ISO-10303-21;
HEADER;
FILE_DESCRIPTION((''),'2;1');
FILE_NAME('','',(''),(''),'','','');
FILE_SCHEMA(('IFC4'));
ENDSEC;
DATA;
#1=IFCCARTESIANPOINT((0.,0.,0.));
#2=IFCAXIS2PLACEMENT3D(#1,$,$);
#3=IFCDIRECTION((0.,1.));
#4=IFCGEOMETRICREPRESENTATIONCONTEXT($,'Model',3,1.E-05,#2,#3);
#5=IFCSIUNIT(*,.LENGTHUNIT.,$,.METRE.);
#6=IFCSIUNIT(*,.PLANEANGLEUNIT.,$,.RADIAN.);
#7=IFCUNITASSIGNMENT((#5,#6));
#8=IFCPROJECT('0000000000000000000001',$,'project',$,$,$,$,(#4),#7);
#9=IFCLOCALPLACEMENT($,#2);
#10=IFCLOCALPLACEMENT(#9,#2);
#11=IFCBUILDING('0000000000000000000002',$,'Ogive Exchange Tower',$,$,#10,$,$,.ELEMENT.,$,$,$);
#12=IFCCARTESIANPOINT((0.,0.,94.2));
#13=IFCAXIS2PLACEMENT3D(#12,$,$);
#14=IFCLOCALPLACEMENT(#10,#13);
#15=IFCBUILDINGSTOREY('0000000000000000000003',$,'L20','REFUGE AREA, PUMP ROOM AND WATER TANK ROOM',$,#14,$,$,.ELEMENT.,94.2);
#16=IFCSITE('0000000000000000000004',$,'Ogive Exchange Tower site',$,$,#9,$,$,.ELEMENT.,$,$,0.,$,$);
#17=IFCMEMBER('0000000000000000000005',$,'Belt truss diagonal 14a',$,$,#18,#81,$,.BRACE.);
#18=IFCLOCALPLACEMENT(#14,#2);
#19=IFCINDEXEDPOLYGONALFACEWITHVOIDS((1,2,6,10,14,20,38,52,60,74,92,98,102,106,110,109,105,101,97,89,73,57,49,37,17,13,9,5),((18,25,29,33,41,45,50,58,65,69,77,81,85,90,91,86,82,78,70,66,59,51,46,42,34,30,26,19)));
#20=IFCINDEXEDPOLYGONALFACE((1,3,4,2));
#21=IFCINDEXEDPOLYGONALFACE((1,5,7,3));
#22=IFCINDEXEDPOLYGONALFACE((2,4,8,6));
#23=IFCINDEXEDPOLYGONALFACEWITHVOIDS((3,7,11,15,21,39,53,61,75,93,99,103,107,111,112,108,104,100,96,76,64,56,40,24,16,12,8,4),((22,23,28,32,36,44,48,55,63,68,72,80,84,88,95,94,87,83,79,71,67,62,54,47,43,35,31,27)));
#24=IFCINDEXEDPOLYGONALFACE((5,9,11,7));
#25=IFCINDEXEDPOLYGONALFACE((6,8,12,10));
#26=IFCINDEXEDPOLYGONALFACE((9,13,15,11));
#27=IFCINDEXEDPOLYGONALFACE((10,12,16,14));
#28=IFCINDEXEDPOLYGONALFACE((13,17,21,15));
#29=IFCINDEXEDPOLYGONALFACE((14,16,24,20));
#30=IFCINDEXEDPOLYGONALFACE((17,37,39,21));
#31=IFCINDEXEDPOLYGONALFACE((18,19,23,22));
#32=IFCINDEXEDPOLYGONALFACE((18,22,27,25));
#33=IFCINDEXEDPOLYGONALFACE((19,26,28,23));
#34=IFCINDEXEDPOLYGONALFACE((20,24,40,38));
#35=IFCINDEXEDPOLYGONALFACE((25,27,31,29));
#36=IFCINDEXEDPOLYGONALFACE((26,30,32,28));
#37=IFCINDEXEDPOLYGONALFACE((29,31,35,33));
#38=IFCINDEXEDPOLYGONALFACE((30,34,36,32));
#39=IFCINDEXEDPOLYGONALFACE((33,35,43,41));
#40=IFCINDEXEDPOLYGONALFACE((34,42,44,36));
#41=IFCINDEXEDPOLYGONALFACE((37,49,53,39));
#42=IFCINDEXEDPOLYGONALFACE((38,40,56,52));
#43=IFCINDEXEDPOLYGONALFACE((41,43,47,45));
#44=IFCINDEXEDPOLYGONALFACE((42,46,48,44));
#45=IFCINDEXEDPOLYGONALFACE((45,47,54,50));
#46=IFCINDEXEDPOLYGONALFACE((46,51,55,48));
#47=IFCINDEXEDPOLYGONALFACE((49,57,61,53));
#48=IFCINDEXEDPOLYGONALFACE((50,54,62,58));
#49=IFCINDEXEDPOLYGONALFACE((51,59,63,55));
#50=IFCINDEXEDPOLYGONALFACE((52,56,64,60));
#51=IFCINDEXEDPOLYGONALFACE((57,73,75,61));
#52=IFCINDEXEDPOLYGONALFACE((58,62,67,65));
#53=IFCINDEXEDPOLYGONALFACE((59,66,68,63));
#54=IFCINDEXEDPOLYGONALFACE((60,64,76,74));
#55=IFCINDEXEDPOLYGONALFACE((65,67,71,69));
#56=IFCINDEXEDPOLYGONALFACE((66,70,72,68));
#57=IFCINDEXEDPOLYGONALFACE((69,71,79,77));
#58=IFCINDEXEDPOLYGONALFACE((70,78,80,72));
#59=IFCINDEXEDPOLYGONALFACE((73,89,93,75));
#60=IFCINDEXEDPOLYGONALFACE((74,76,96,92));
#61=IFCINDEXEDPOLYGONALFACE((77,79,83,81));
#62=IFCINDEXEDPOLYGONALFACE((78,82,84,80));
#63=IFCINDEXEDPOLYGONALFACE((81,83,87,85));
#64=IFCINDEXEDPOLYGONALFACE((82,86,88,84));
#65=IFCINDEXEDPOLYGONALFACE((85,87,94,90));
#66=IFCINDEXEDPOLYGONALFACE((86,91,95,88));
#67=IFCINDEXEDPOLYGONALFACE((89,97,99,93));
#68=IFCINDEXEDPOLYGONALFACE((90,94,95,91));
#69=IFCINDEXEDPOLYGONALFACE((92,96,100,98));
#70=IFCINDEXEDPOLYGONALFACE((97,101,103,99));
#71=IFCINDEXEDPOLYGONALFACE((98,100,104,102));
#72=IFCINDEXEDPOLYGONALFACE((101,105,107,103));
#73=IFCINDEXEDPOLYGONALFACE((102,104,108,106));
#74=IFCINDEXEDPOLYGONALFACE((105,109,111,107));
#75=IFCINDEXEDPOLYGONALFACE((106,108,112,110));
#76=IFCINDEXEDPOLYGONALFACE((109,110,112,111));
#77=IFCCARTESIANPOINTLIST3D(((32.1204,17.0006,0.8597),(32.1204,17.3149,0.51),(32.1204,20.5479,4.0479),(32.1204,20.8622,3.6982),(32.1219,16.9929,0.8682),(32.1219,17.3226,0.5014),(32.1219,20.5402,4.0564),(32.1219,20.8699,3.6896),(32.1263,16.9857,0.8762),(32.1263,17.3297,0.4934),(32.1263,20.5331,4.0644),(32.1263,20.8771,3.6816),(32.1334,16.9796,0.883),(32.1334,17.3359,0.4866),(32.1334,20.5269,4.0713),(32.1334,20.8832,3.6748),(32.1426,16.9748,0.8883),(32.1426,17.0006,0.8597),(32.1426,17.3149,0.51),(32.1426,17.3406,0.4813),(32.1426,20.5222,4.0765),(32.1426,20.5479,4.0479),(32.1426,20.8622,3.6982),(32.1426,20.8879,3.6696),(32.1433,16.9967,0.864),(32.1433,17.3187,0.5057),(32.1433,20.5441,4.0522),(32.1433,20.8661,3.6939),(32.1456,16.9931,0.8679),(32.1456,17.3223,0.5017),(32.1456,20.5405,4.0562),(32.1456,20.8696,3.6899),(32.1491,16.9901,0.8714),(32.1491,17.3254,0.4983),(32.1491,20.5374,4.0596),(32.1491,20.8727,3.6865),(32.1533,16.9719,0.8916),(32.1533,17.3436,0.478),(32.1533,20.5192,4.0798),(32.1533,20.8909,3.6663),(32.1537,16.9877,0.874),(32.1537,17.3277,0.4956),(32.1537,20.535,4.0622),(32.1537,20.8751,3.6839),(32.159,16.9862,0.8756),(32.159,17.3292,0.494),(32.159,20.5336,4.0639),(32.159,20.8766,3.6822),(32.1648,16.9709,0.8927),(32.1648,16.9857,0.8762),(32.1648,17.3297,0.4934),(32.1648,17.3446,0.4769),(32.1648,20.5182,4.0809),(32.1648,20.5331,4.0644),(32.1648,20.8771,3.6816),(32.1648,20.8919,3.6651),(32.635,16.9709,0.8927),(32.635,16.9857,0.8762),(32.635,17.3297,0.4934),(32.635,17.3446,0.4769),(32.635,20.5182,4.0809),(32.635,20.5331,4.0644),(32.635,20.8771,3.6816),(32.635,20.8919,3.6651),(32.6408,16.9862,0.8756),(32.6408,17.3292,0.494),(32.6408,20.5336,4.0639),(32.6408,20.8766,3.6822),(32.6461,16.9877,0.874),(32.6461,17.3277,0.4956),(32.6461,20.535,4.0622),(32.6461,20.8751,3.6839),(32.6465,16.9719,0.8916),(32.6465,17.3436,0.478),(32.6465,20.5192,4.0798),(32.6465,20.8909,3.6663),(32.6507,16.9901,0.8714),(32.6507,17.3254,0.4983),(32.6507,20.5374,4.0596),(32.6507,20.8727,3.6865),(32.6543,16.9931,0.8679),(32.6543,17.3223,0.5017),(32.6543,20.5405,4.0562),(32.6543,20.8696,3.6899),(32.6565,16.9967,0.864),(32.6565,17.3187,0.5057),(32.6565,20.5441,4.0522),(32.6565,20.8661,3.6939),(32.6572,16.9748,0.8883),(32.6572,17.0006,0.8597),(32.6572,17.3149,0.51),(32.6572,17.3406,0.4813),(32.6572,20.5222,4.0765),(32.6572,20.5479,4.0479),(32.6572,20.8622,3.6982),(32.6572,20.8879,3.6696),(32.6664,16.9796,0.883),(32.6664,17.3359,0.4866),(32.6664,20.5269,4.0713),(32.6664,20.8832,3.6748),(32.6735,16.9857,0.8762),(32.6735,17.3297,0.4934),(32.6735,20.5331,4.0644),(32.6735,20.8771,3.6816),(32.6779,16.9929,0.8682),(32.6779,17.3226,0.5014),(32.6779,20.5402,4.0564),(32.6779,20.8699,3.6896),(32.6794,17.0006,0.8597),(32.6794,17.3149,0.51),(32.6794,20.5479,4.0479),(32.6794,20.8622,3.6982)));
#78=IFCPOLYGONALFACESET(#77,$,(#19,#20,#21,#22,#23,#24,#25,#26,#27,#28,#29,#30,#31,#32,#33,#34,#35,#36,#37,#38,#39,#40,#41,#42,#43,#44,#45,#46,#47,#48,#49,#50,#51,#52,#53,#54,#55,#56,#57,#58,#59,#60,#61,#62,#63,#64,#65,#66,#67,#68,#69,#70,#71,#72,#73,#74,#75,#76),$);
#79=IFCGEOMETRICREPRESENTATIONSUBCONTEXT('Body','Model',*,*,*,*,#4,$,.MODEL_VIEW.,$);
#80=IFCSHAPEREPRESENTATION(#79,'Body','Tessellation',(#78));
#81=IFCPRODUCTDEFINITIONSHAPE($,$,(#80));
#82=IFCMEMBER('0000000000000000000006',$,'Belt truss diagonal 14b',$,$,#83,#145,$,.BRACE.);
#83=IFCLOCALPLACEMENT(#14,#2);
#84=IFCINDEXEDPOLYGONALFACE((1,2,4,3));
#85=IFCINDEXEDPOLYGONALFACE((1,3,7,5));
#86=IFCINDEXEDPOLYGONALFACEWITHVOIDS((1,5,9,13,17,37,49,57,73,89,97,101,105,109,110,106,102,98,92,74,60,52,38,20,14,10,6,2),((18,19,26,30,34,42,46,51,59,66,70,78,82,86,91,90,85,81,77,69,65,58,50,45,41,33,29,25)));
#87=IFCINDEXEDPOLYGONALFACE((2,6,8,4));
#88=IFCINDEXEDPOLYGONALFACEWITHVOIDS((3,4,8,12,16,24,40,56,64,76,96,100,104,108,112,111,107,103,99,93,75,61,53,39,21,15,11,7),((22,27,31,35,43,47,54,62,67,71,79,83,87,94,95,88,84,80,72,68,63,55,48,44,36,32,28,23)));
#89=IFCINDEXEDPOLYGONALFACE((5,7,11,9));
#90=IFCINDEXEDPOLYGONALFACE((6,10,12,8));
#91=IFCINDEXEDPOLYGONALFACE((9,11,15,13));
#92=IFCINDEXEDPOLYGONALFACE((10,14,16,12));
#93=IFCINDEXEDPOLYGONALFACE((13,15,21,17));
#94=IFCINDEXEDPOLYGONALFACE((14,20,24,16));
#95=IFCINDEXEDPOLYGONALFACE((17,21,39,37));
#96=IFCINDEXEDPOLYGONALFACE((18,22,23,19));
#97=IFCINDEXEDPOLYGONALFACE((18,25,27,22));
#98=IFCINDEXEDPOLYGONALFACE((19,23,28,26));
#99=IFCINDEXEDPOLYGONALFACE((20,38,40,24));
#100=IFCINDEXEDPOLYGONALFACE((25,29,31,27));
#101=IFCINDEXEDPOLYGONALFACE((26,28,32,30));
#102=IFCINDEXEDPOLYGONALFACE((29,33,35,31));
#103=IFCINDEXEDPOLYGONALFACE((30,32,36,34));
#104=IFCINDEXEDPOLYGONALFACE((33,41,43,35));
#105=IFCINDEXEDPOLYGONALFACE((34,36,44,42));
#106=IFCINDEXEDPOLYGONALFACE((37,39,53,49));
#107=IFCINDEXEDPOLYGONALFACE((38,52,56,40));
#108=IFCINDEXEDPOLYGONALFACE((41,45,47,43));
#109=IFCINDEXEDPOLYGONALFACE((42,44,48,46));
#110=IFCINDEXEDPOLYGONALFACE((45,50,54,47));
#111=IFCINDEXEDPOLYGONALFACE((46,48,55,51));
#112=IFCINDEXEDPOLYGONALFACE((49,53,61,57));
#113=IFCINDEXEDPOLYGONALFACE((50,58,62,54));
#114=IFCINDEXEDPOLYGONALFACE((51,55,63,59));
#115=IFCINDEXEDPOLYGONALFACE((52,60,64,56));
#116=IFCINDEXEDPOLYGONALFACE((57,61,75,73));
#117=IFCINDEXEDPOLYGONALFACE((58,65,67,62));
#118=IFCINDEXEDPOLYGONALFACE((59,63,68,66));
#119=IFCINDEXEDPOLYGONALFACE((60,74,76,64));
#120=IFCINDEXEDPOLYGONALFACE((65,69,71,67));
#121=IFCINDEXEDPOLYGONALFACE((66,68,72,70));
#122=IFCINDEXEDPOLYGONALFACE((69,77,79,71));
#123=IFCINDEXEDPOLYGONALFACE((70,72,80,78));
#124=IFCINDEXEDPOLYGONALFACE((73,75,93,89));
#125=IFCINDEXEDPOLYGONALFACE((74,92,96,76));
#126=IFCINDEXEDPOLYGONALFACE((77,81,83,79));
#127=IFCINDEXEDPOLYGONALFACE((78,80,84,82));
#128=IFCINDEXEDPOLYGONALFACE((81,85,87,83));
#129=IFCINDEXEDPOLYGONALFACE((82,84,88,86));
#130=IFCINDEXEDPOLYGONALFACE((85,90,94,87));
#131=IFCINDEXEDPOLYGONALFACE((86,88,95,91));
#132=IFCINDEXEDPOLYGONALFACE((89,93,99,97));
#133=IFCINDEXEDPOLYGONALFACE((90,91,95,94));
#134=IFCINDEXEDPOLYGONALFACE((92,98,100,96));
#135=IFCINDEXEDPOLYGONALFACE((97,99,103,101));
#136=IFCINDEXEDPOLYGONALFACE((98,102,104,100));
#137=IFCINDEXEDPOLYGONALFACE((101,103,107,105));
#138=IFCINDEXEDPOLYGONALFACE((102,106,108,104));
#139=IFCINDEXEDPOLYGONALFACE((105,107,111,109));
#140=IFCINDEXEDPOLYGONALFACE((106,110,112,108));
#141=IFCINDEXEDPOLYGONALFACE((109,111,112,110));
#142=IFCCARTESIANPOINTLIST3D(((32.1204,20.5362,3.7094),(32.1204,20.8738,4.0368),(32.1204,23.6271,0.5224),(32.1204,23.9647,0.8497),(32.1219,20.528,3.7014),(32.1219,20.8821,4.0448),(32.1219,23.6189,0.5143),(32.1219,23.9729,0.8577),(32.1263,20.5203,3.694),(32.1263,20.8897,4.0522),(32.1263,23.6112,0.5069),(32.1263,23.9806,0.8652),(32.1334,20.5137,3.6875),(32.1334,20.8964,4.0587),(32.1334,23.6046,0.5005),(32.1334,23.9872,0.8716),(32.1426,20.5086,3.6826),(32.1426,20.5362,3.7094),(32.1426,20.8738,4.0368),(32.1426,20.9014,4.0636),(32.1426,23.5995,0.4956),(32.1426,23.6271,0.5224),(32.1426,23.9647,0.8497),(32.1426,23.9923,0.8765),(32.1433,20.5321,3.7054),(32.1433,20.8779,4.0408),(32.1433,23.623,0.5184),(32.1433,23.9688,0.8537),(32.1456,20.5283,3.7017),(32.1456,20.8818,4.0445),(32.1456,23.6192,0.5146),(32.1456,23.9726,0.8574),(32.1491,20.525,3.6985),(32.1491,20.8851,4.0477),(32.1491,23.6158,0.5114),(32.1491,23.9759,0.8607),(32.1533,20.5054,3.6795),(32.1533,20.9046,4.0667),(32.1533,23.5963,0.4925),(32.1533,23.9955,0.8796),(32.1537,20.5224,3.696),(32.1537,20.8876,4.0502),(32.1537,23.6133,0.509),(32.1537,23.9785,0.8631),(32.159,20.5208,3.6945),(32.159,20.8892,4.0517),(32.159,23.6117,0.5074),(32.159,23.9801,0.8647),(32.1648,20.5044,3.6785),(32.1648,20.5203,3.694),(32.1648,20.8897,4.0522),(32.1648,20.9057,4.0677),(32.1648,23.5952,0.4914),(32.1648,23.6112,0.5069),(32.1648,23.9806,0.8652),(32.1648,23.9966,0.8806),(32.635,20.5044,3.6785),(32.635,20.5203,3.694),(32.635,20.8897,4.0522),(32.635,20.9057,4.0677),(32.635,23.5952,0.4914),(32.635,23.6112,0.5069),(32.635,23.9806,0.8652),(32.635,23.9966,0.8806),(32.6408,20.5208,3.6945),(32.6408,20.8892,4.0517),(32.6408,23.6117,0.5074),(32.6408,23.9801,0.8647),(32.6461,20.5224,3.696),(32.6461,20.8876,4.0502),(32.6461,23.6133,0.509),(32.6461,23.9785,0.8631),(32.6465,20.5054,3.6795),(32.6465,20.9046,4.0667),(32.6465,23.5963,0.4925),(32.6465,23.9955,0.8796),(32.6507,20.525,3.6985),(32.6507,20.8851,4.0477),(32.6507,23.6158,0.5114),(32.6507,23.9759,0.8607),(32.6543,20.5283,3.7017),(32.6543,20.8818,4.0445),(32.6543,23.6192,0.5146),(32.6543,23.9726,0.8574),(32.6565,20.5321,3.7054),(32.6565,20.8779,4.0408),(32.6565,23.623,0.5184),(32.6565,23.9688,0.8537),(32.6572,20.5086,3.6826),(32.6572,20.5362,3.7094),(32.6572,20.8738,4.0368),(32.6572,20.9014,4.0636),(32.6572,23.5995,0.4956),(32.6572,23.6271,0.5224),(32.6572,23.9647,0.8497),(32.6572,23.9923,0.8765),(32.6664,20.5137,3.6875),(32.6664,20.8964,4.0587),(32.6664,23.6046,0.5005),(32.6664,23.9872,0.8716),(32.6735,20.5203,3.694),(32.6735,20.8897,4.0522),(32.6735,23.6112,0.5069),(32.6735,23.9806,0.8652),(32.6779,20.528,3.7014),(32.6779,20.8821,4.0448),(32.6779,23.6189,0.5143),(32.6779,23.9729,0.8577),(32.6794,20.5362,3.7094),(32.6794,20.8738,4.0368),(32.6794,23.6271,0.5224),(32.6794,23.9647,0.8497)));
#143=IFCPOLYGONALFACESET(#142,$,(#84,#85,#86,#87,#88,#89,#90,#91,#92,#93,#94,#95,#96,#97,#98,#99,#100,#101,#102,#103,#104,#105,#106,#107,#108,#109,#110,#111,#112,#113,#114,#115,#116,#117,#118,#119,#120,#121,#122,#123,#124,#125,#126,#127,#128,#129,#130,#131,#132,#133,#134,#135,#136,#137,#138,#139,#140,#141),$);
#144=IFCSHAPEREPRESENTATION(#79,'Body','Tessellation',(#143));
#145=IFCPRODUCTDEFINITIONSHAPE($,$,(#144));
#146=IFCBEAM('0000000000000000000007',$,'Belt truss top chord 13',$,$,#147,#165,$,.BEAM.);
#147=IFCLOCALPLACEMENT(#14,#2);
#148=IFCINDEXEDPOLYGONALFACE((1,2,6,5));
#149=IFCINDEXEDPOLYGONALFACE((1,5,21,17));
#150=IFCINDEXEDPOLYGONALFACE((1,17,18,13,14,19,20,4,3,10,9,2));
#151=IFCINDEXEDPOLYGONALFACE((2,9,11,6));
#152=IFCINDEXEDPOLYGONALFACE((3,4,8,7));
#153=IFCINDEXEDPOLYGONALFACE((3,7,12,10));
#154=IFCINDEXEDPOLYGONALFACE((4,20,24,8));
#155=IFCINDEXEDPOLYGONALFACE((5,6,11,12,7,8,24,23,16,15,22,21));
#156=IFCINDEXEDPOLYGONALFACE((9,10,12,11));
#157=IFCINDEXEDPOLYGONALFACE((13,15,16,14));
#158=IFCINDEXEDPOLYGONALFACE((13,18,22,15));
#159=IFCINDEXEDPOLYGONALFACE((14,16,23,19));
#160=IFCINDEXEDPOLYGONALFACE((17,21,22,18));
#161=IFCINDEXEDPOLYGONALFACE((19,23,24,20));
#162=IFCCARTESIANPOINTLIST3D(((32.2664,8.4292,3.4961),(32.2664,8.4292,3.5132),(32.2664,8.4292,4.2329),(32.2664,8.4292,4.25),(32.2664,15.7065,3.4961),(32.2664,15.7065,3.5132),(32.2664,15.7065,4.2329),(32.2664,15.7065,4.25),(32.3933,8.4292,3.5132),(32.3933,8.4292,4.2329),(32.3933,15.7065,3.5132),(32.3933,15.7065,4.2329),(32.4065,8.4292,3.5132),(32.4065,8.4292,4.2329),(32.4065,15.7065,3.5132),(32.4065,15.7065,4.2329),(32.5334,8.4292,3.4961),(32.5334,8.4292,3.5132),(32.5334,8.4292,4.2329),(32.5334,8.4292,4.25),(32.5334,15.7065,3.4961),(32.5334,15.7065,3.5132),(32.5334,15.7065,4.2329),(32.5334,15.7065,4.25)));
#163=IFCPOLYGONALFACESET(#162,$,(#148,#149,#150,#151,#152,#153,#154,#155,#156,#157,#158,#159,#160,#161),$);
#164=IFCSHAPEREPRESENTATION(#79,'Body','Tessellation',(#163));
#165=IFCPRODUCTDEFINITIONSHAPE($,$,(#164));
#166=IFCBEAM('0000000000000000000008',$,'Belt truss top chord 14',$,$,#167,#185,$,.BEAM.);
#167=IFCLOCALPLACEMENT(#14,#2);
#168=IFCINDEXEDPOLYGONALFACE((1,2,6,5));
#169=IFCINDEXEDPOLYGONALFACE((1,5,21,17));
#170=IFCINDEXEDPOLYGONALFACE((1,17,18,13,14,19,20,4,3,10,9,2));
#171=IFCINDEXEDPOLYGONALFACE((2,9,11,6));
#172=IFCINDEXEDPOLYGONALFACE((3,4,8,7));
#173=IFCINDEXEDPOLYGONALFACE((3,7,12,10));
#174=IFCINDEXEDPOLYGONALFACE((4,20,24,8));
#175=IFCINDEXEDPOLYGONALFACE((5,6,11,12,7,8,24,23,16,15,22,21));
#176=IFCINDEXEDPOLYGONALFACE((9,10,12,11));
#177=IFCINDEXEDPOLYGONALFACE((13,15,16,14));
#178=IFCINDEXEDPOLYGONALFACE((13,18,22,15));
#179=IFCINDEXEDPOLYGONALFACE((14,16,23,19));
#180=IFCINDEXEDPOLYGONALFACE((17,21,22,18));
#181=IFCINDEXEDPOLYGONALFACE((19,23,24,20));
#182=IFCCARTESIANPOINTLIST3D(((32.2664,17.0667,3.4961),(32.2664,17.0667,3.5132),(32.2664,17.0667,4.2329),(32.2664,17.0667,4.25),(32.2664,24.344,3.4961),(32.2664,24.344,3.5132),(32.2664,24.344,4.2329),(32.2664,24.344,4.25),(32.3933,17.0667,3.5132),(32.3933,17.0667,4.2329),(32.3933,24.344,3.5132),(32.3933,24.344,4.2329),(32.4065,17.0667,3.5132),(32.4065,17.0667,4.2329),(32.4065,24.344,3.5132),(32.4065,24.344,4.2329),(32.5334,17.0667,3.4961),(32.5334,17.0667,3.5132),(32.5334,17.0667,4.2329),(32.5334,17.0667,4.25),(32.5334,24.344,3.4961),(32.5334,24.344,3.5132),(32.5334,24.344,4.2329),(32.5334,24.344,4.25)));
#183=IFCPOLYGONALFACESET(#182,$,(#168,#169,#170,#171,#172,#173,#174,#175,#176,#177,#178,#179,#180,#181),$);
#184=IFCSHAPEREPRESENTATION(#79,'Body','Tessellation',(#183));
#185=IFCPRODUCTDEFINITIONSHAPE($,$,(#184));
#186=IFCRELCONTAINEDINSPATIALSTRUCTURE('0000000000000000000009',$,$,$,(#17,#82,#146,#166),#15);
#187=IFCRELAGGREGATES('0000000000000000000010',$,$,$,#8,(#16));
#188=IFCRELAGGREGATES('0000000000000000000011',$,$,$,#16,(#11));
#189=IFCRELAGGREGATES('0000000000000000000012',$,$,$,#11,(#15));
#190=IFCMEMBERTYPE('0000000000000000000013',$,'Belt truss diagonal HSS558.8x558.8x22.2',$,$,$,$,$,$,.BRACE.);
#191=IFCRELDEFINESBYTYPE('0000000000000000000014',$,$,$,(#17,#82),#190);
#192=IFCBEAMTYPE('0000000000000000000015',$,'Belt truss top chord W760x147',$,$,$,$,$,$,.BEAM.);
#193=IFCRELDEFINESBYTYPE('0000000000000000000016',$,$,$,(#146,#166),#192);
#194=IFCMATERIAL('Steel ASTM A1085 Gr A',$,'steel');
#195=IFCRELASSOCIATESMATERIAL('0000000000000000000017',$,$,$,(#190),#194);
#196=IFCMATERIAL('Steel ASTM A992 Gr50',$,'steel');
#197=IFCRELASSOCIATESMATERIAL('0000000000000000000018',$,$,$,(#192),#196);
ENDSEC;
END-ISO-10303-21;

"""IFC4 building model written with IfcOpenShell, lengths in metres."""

from ifc_helpers import new_model, si_unit, direction, frame, origin, origin_2d, place, context, subcontext, project, spatial, hollow_rectangle, i_section, extrude, material, material_profile, profile_set, type_object, element, save


model = new_model("IFC4")

# Units and contexts
model_context = context("Model", 3, precision=1e-05, world=origin(), true_north=direction((0.0, 1.0)))
body_context = subcontext(model_context, "Body", "Model", "MODEL_VIEW")
ifc_project = project(units=[si_unit("LENGTHUNIT", "METRE"), si_unit("PLANEANGLEUNIT", "RADIAN")], contexts=[model_context])

# Site, building, storey
site_placement = place(None, origin())
site = spatial("IfcSite", under=ifc_project, at=site_placement, Name="Ogive Exchange Tower site", CompositionType="ELEMENT", RefElevation=0.0)
building_placement = place(site_placement, origin())
building = spatial("IfcBuilding", under=site, at=building_placement, Name="Ogive Exchange Tower", CompositionType="ELEMENT")
storey_placement = place(building_placement, frame((0.0, 0.0, 94.2)))
storey = spatial("IfcBuildingStorey", under=building, at=storey_placement, Name="L20", Description="REFUGE AREA, PUMP ROOM AND WATER TANK ROOM", CompositionType="ELEMENT", Elevation=94.2)

# Shared definitions
ifc_material_1 = material(Name="Steel ASTM A992 Gr50", Category="steel")

# Members
ifc_material_2 = material(Name="Steel ASTM A1085 Gr A", Category="steel")
ifc_material_profile_1 = material_profile(ifc_material_2, hollow_rectangle(XDim=0.5591, YDim=0.5591, WallThickness=0.0222, InnerFilletRadius=0.0222, OuterFilletRadius=0.0444, at=origin_2d()), Name="HSS558.8x558.8x22.2")
ifc_profile_set_1 = profile_set([ifc_material_profile_1], Name="Steel ASTM A1085 Gr A")
member_type_1 = type_object("IfcMemberType", Name="Belt truss diagonal HSS558.8x558.8x22.2", PredefinedType="BRACE", material=ifc_profile_set_1)
member_1_placement = place(storey_placement, frame((32.3999, 17.1577, 0.6848), z_axis=(0.0, 0.743752, 0.668456), x_axis=(-1.0, 0.0, 0.0)))
element("IfcMember", 1, at=member_1_placement, inside=storey, type_object=member_type_1, Name="Belt truss diagonal 14a", PredefinedType="BRACE", context=body_context, shape_type="SweptSolid", body=[
    extrude(hollow_rectangle(XDim=0.5591, YDim=0.5591, WallThickness=0.0222, InnerFilletRadius=0.0222, OuterFilletRadius=0.0444, at=origin_2d()), origin(), (0.0, 0.0, 1.0), 4.7695),
])
member_2_placement = place(storey_placement, frame((32.3999, 23.7959, 0.686), z_axis=(0.0, -0.69619, 0.717857), x_axis=(1.0, 0.0, 0.0)))
element("IfcMember", 2, at=member_2_placement, inside=storey, type_object=member_type_1, Name="Belt truss diagonal 14b", PredefinedType="BRACE", context=body_context, shape_type="SweptSolid", body=[
    extrude(hollow_rectangle(XDim=0.5591, YDim=0.5591, WallThickness=0.0222, InnerFilletRadius=0.0222, OuterFilletRadius=0.0444, at=origin_2d()), origin(), (0.0, 0.0, 1.0), 4.4397),
])

# Beams
ifc_material_profile_2 = material_profile(ifc_material_1, i_section(OverallWidth=0.2671, OverallDepth=0.7539, WebThickness=0.0132, FlangeThickness=0.0171, at=origin_2d()), Name="W760x147")
ifc_profile_set_2 = profile_set([ifc_material_profile_2], Name="Steel ASTM A992 Gr50")
beam_type_1 = type_object("IfcBeamType", Name="Belt truss top chord W760x147", PredefinedType="BEAM", material=ifc_profile_set_2)
for number, where, z_axis, x_axis, name in (
    (3, (32.3999, 8.4292, 3.873), (0.0, 1.0, 0.0), (-1.0, 0.0, 0.0), "Belt truss top chord 13"),
    (4, (32.3999, 17.0667, 3.873), (0.0, 1.0, 0.0), (-1.0, 0.0, 0.0), "Belt truss top chord 14"),
):
    element("IfcBeam", number, at=place(storey_placement, frame(where, z_axis=z_axis, x_axis=x_axis)), inside=storey, type_object=beam_type_1, Name=name, PredefinedType="BEAM", context=body_context, shape_type="SweptSolid", body=[
        extrude(i_section(OverallWidth=0.2671, OverallDepth=0.7539, WebThickness=0.0132, FlangeThickness=0.0171, at=origin_2d()), origin(), (0.0, 0.0, 1.0), 7.2773),
    ])

save(model, "model.ifc")
